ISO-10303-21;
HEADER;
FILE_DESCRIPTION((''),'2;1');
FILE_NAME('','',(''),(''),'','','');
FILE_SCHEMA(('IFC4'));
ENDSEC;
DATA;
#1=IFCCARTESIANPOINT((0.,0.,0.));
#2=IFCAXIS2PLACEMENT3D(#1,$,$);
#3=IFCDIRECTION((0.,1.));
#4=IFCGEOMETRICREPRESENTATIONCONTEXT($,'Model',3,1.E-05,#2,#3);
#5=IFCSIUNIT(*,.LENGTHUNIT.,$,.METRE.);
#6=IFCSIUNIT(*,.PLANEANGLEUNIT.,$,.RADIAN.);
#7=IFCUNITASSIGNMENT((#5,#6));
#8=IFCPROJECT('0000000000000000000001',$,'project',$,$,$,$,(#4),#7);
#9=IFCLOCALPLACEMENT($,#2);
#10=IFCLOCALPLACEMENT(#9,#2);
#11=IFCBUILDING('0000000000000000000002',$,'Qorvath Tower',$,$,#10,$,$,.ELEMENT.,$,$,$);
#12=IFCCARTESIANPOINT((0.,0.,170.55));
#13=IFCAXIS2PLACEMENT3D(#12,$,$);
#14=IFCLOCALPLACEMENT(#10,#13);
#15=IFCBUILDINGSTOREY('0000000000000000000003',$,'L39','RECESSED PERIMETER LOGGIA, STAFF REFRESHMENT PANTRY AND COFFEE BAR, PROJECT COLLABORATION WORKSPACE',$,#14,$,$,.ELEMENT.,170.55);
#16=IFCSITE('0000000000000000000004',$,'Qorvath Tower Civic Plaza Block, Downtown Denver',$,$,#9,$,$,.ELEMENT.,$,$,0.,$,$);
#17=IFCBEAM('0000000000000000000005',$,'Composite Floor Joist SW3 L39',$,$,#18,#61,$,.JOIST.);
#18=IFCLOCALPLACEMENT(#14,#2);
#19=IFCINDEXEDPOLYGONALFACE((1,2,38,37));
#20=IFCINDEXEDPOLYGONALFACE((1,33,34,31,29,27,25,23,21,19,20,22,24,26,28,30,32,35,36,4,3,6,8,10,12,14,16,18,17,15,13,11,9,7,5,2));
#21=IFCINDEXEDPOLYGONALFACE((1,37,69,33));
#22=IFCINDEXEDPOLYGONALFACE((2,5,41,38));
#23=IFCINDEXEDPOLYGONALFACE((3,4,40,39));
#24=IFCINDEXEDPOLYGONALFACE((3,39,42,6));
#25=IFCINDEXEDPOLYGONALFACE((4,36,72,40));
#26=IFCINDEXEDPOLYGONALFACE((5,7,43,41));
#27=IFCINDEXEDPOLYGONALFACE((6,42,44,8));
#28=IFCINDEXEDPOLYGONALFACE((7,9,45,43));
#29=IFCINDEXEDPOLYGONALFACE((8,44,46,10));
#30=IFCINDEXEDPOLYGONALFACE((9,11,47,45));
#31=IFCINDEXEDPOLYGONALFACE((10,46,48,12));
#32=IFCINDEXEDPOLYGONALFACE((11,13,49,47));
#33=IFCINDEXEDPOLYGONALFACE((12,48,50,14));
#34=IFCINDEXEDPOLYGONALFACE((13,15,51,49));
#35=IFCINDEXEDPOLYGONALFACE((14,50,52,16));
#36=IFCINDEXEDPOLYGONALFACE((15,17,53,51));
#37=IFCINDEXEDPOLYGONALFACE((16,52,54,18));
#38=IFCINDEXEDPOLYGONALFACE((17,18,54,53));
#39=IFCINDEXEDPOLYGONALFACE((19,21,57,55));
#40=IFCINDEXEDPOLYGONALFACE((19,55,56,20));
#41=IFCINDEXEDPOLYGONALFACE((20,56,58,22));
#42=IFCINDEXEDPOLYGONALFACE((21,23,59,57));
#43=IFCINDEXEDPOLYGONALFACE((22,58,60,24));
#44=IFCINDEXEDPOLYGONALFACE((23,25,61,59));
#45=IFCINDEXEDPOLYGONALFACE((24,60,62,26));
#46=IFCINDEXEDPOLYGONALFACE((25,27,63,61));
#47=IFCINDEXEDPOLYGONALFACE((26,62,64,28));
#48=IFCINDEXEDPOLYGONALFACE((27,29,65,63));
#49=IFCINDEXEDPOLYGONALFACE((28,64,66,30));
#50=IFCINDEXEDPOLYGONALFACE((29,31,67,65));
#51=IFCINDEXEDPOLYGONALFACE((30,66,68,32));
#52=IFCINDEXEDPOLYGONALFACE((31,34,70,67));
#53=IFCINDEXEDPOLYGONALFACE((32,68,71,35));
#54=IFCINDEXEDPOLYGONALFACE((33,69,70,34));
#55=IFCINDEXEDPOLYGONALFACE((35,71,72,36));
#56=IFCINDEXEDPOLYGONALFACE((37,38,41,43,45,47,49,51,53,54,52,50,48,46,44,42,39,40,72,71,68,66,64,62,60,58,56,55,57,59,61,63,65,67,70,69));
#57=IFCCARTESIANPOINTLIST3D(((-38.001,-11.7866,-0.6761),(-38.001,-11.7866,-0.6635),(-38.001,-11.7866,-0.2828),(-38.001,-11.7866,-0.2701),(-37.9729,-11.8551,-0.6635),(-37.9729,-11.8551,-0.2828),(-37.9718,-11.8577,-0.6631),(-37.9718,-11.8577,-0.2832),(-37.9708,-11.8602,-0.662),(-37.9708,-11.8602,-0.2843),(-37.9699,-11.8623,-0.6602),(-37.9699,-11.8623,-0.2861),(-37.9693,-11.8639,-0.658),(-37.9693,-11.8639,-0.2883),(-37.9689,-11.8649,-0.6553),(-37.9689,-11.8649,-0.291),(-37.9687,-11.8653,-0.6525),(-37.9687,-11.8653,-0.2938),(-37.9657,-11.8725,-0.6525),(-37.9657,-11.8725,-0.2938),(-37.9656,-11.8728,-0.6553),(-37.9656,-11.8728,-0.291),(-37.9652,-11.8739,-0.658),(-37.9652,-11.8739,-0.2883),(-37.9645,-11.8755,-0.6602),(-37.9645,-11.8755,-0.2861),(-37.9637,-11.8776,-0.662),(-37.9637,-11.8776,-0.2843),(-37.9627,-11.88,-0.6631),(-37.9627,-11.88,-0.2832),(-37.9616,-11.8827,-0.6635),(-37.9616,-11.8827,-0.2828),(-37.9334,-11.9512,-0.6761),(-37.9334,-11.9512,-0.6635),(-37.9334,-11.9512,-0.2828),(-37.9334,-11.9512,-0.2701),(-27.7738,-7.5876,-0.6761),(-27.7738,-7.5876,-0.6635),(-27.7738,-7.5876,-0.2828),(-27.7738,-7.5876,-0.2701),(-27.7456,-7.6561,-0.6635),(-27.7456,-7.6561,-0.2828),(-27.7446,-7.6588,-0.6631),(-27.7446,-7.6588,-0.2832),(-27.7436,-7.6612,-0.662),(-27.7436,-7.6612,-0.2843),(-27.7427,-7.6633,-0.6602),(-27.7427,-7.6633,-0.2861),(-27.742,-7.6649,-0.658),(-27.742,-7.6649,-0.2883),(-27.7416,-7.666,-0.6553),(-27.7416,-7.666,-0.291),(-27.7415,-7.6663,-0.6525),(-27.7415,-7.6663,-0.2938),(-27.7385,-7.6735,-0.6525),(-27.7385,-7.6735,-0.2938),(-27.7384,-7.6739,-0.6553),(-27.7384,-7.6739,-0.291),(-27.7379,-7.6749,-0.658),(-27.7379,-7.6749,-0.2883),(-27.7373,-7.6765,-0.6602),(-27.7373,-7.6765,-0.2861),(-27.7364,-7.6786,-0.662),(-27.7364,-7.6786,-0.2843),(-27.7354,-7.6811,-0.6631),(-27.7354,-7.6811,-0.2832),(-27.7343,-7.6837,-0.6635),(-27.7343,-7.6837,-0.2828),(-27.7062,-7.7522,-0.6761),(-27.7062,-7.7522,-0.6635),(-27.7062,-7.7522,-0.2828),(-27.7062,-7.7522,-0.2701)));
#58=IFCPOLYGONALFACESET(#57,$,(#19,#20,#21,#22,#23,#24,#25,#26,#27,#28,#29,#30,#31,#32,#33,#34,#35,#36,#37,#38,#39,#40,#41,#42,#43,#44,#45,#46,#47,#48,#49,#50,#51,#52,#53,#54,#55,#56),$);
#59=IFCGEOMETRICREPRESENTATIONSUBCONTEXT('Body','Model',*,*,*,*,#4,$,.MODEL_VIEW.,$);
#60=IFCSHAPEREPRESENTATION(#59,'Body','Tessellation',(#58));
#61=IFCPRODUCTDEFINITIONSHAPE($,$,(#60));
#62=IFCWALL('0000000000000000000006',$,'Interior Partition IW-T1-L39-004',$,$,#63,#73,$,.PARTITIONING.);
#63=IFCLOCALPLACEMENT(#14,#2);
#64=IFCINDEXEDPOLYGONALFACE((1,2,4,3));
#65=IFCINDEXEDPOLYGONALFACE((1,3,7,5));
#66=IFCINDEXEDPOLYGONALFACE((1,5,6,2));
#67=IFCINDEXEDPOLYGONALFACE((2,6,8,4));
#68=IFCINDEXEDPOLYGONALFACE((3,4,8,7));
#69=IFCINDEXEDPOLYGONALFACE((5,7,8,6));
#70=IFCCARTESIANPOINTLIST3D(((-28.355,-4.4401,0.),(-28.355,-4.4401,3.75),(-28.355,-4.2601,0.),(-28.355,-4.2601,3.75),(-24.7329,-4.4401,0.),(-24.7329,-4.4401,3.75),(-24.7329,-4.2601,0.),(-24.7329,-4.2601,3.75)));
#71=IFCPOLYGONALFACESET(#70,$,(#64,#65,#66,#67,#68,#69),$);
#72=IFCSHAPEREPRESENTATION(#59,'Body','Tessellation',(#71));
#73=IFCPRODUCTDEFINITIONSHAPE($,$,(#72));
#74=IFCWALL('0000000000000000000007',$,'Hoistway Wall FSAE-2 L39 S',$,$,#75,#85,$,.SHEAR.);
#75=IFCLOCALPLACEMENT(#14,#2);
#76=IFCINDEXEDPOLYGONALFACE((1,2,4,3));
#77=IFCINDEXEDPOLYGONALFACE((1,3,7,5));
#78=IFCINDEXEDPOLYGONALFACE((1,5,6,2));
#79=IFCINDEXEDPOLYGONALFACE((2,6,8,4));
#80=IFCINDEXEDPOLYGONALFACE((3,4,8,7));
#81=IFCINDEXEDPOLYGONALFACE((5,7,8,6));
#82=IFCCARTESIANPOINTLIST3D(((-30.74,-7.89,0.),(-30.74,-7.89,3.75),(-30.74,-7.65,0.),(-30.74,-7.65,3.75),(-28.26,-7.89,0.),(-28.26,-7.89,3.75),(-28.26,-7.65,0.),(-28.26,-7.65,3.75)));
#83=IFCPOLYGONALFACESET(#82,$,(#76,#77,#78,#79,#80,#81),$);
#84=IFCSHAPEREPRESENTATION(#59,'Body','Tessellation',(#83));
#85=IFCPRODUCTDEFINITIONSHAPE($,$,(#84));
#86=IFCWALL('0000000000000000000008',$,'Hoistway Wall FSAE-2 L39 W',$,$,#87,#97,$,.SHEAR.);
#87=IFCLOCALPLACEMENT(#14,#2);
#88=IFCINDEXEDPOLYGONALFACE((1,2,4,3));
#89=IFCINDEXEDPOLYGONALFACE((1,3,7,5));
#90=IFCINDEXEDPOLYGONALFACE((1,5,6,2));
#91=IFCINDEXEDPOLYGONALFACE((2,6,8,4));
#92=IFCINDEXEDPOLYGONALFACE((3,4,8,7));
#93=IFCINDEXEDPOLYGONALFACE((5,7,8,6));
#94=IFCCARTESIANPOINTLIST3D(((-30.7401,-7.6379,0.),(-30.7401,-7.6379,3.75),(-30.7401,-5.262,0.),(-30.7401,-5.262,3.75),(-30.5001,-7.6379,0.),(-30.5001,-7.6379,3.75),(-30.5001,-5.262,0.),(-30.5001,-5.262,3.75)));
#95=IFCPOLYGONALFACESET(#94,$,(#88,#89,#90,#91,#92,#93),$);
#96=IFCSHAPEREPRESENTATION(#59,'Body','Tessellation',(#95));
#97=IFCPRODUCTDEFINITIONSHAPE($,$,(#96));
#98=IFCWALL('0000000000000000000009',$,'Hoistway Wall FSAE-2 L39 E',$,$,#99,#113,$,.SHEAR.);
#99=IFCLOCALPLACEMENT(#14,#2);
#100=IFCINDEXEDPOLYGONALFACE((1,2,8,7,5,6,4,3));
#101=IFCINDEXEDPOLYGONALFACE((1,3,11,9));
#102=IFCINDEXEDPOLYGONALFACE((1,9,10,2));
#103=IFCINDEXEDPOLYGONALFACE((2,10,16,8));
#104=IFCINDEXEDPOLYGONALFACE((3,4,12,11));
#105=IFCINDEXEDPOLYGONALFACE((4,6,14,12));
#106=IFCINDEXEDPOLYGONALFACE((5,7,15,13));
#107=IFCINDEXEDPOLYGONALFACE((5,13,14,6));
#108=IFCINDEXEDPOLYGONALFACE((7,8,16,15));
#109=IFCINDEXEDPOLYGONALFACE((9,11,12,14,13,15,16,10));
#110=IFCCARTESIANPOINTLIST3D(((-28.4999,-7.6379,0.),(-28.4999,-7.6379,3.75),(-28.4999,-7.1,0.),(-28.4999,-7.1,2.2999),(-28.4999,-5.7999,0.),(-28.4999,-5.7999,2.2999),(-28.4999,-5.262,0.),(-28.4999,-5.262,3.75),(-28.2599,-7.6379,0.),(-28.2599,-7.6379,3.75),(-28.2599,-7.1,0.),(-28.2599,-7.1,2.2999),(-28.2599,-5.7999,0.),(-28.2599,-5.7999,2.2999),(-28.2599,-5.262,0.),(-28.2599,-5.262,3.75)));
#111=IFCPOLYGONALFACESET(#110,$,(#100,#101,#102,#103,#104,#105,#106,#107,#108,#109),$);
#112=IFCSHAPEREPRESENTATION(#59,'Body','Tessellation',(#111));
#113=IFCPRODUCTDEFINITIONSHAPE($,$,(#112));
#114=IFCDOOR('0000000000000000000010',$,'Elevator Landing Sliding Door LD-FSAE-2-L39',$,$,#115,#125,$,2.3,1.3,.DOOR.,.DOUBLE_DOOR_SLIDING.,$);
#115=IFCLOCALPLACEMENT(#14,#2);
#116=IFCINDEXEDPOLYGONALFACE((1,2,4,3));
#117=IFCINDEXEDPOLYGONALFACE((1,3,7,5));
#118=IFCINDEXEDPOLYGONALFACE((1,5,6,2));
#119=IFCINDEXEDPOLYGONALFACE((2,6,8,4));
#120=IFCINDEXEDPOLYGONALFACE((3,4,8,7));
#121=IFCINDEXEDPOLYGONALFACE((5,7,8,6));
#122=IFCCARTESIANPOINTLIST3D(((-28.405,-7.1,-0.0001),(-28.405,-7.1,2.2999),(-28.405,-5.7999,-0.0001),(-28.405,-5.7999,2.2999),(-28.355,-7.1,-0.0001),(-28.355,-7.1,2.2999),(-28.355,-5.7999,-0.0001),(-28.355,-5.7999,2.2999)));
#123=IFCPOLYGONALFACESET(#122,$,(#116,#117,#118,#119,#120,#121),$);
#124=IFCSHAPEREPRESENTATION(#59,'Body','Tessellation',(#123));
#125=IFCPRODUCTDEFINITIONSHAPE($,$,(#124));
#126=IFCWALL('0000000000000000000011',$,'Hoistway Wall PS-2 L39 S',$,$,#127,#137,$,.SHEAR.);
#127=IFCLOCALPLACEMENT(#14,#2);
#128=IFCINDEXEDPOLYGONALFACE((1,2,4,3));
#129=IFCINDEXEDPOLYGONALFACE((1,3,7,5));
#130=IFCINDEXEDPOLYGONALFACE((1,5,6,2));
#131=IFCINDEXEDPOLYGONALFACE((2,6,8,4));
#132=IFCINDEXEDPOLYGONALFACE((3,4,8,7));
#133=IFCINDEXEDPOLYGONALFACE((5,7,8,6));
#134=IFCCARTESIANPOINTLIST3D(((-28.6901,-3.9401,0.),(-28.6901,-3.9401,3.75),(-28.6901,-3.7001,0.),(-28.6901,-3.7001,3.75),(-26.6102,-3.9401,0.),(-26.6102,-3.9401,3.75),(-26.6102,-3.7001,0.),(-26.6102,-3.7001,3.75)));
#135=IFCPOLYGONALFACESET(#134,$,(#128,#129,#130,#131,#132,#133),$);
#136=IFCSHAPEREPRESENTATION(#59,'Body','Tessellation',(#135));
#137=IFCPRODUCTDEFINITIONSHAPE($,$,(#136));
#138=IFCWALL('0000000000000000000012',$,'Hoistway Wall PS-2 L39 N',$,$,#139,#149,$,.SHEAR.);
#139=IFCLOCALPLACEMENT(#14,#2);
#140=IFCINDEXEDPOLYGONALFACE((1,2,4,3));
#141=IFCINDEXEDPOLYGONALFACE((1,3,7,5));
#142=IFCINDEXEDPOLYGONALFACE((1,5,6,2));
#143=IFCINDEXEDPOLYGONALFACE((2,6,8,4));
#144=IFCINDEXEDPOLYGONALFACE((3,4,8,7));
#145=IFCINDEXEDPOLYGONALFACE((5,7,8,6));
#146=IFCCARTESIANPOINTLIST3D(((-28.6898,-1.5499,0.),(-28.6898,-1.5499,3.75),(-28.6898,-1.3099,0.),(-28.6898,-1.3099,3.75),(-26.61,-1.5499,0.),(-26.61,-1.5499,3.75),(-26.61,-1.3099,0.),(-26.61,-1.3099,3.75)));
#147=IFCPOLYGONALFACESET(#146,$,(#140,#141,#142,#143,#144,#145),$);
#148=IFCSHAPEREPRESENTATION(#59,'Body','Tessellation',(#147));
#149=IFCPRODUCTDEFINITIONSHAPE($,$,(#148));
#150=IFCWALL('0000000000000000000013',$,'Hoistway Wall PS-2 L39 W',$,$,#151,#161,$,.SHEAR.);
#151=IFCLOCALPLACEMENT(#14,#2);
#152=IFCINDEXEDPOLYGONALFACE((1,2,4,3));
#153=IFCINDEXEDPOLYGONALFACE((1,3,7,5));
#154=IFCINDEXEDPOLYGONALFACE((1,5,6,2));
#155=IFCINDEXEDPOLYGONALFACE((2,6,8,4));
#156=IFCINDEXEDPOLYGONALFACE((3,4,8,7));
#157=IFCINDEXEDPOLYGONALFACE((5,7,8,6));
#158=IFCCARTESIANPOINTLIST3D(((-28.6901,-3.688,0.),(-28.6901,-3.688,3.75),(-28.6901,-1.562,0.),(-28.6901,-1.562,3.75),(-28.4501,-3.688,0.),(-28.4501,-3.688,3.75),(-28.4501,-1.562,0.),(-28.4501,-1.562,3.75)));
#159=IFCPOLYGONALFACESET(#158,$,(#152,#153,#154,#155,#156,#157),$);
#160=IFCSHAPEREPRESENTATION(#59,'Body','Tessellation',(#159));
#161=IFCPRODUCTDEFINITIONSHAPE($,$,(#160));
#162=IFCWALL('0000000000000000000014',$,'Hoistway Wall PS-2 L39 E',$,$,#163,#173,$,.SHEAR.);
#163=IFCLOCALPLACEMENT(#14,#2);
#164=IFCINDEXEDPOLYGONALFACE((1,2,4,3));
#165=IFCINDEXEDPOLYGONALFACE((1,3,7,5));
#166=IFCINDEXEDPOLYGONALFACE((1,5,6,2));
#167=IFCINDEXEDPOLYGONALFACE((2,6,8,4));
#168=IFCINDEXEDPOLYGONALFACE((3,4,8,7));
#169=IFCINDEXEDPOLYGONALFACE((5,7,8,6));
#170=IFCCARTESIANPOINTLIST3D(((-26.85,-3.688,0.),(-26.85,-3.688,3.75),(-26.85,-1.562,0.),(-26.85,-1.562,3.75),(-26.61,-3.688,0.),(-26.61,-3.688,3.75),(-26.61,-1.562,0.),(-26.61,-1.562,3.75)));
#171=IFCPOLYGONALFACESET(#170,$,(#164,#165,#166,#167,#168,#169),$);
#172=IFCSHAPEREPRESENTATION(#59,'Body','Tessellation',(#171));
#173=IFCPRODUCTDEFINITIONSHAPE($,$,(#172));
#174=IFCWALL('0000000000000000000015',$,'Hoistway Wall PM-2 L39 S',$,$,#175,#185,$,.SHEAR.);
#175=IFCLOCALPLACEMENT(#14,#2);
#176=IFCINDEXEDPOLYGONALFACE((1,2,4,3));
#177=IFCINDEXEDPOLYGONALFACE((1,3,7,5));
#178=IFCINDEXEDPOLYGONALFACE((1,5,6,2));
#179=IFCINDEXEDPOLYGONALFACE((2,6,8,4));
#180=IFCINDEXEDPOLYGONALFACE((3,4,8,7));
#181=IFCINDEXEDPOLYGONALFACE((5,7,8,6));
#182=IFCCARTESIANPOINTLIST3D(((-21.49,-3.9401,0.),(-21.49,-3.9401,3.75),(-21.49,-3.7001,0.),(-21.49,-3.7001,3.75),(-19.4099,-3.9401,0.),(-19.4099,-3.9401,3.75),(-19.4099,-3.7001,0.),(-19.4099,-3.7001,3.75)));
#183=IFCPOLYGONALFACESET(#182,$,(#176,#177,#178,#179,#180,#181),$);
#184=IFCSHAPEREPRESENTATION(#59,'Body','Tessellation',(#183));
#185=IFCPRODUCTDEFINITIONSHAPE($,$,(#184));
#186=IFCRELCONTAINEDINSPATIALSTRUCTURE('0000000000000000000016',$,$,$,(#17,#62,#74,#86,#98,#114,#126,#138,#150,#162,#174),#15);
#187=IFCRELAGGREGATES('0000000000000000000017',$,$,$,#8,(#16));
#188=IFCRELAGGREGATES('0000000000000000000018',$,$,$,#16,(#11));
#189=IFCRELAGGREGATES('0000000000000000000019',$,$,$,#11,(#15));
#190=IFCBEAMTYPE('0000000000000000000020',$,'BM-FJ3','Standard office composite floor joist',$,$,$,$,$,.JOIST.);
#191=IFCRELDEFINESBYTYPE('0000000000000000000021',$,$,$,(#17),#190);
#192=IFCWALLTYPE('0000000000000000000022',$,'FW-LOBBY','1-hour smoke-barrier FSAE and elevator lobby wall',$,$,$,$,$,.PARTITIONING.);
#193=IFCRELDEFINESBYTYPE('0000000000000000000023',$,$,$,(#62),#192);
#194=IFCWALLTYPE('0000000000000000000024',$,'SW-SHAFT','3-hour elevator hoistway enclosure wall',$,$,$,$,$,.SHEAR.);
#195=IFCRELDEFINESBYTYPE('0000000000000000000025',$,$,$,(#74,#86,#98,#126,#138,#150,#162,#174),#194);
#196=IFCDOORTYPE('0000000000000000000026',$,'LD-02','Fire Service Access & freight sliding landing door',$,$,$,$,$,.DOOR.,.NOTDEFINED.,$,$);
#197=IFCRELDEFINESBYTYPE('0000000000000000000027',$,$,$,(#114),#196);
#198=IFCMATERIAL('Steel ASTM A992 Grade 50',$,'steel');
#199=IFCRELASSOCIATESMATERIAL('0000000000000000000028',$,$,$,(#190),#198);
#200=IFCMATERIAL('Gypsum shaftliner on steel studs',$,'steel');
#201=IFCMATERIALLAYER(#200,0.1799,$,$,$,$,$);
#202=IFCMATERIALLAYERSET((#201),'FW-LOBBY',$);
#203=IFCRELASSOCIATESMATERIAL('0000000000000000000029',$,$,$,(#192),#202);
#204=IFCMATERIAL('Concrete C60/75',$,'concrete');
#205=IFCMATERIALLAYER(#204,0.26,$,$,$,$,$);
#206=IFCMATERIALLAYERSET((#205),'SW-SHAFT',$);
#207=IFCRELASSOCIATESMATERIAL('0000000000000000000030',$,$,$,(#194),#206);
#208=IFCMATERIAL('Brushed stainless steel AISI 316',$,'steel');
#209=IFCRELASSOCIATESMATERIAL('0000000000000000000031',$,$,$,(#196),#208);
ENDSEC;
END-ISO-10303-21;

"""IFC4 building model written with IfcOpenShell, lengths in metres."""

from ifc_helpers import new_model, si_unit, direction, frame, frame_2d, origin, origin_2d, place, context, subcontext, project, spatial, rectangle, i_section, extrude, material, layer, layer_set, material_profile, profile_set, type_object, element, fill, save


model = new_model("IFC4")

# Units and contexts
model_context = context("Model", 3, precision=1e-05, world=origin(), true_north=direction((0.0, 1.0)))
body_context = subcontext(model_context, "Body", "Model", "MODEL_VIEW")
ifc_project = project(units=[si_unit("LENGTHUNIT", "METRE"), si_unit("PLANEANGLEUNIT", "RADIAN")], contexts=[model_context])

# Site, building, storey
site_placement = place(None, origin())
site = spatial("IfcSite", under=ifc_project, at=site_placement, Name="Qorvath Tower Civic Plaza Block, Downtown Denver", CompositionType="ELEMENT", RefElevation=0.0)
building_placement = place(site_placement, origin())
building = spatial("IfcBuilding", under=site, at=building_placement, Name="Qorvath Tower", CompositionType="ELEMENT")
storey_placement = place(building_placement, frame((0.0, 0.0, 170.55)))
storey = spatial("IfcBuildingStorey", under=building, at=storey_placement, Name="L39", Description="RECESSED PERIMETER LOGGIA, STAFF REFRESHMENT PANTRY AND COFFEE BAR, PROJECT COLLABORATION WORKSPACE", CompositionType="ELEMENT", Elevation=170.55)

# Beam
ifc_material_1 = material(Name="Steel ASTM A992 Grade 50", Category="steel")
ifc_material_profile_1 = material_profile(ifc_material_1, i_section(OverallWidth=0.178, OverallDepth=0.406, WebThickness=0.0078, FlangeThickness=0.0127, FilletRadius=0.011, at=origin_2d()), Name="W16x40")
ifc_profile_set_1 = profile_set([ifc_material_profile_1], Name="Steel ASTM A992 Grade 50")
beam_type_1 = type_object("IfcBeamType", Name="BM-FJ3", Description="Standard office composite floor joist", PredefinedType="JOIST", material=ifc_profile_set_1)
beam_1_placement = place(storey_placement, frame((-27.74, -7.6699, -0.4731), z_axis=(-0.925068, -0.379801, 0.0), x_axis=(0.379801, -0.925068, 0.0)))
element("IfcBeam", 1, at=beam_1_placement, inside=storey, type_object=beam_type_1, Name="Composite Floor Joist SW3 L39", PredefinedType="JOIST", context=body_context, shape_type="SweptSolid", body=[
    extrude(i_section(OverallWidth=0.178, OverallDepth=0.406, WebThickness=0.0078, FlangeThickness=0.0127, FilletRadius=0.011, at=origin_2d()), origin(), (0.0, 0.0, 1.0), 11.0557),
])

# Walls
ifc_material_2 = material(Name="Gypsum shaftliner on steel studs", Category="steel")
ifc_layer_1 = layer(ifc_material_2, 0.1799)
ifc_layer_set_1 = layer_set([ifc_layer_1], Name="FW-LOBBY")
wall_type_1 = type_object("IfcWallType", Name="FW-LOBBY", Description="1-hour smoke-barrier FSAE and elevator lobby wall", PredefinedType="PARTITIONING", material=ifc_layer_set_1)
wall_1_placement = place(storey_placement, frame((-24.7329, -4.3501, 0.0), z_axis=(0.0, 0.0, 1.0), x_axis=(-1.0, 0.0, 0.0)))
element("IfcWall", 2, at=wall_1_placement, inside=storey, type_object=wall_type_1, Name="Interior Partition IW-T1-L39-004", PredefinedType="PARTITIONING", context=body_context, shape_type="SweptSolid", body=[
    extrude(rectangle(XDim=3.6221, YDim=0.1799, at=frame_2d((1.811, 0.0))), origin(), (0.0, 0.0, 1.0), 3.75),
])
ifc_material_3 = material(Name="Concrete C60/75", Category="concrete")
ifc_layer_2 = layer(ifc_material_3, 0.26)
ifc_layer_set_2 = layer_set([ifc_layer_2], Name="SW-SHAFT")
wall_type_2 = type_object("IfcWallType", Name="SW-SHAFT", Description="3-hour elevator hoistway enclosure wall", PredefinedType="SHEAR", material=ifc_layer_set_2)
wall_2_placement = place(storey_placement, frame((-28.26, -7.77, 0.0), z_axis=(0.0, 0.0, 1.0), x_axis=(-1.0, 0.0, 0.0)))
element("IfcWall", 3, at=wall_2_placement, inside=storey, type_object=wall_type_2, Name="Hoistway Wall FSAE-2 L39 S", PredefinedType="SHEAR", context=body_context, shape_type="SweptSolid", body=[
    extrude(rectangle(XDim=2.48, YDim=0.24, at=frame_2d((1.24, 0.0))), origin(), (0.0, 0.0, 1.0), 3.75),
])
wall_3_placement = place(storey_placement, frame((-30.6201, -7.6379, 0.0), z_axis=(0.0, 0.0, 1.0), x_axis=(0.0, 1.0, 0.0)))
element("IfcWall", 4, at=wall_3_placement, inside=storey, type_object=wall_type_2, Name="Hoistway Wall FSAE-2 L39 W", PredefinedType="SHEAR", context=body_context, shape_type="SweptSolid", body=[
    extrude(rectangle(XDim=2.376, YDim=0.24, at=frame_2d((1.188, 0.0))), origin(), (0.0, 0.0, 1.0), 3.75),
])

# Wall, opening, door
wall_4_placement = place(storey_placement, frame((-28.3799, -5.262, 0.0), z_axis=(0.0, 0.0, 1.0), x_axis=(0.0, -1.0, 0.0)))
wall_4 = element("IfcWall", 5, at=wall_4_placement, inside=storey, type_object=wall_type_2, Name="Hoistway Wall FSAE-2 L39 E", PredefinedType="SHEAR", context=body_context, shape_type="SweptSolid", body=[
    extrude(rectangle(XDim=2.376, YDim=0.24, at=frame_2d((1.188, 0.0))), origin(), (0.0, 0.0, 1.0), 3.75),
])
opening_1_placement = place(wall_4_placement, frame((0.5381, 0.0, 0.0)))
opening_1 = element("IfcOpeningElement", 6, at=opening_1_placement, cuts=wall_4, PredefinedType="OPENING", context=body_context, shape_type="SweptSolid", body=[
    extrude(rectangle(XDim=1.3, YDim=2.3, at=frame_2d((0.6499, 1.1499))), frame((0.0, 0.1299, 0.0), z_axis=(0.0, -1.0, 0.0), x_axis=(1.0, 0.0, 0.0)), (0.0, 0.0, 1.0), 0.26),
])
ifc_material_4 = material(Name="Brushed stainless steel AISI 316", Category="steel")
door_type_1 = type_object("IfcDoorType", Name="LD-02", Description="Fire Service Access & freight sliding landing door", OperationType="NOTDEFINED", PredefinedType="DOOR", material=ifc_material_4)
door_1_placement = place(opening_1_placement, origin())
door_1 = element("IfcDoor", 7, at=door_1_placement, inside=storey, type_object=door_type_1, Name="Elevator Landing Sliding Door LD-FSAE-2-L39", OperationType="DOUBLE_DOOR_SLIDING", OverallHeight=2.3, OverallWidth=1.3, PredefinedType="DOOR", context=body_context, shape_type="SweptSolid", body=[
    extrude(rectangle(XDim=1.3, YDim=2.3, at=frame_2d((0.6499, 1.1499))), frame((0.0, 0.0249, 0.0), z_axis=(0.0, -1.0, 0.0), x_axis=(1.0, 0.0, 0.0)), (0.0, 0.0, 1.0), 0.05),
])
fill(opening_1, door_1)

# Walls
for number, where, z_axis, x_axis, name in (
    (8, (-26.6101, -3.8201, 0.0), (0.0, 0.0, 1.0), (-1.0, 0.0, 0.0), "Hoistway Wall PS-2 L39 S"),
    (9, (-28.6899, -1.4299, 0.0), (0.0, 0.0, 1.0), (1.0, 0.0, 0.0), "Hoistway Wall PS-2 L39 N"),
):
    element("IfcWall", number, at=place(storey_placement, frame(where, z_axis=z_axis, x_axis=x_axis)), inside=storey, type_object=wall_type_2, Name=name, PredefinedType="SHEAR", context=body_context, shape_type="SweptSolid", body=[
        extrude(rectangle(XDim=2.0798, YDim=0.24, at=frame_2d((1.04, 0.0))), origin(), (0.0, 0.0, 1.0), 3.75),
    ])
for number, where, z_axis, x_axis, name in (
    (10, (-28.5701, -3.688, 0.0), (0.0, 0.0, 1.0), (0.0, 1.0, 0.0), "Hoistway Wall PS-2 L39 W"),
    (11, (-26.73, -1.562, 0.0), (0.0, 0.0, 1.0), (0.0, -1.0, 0.0), "Hoistway Wall PS-2 L39 E"),
):
    element("IfcWall", number, at=place(storey_placement, frame(where, z_axis=z_axis, x_axis=x_axis)), inside=storey, type_object=wall_type_2, Name=name, PredefinedType="SHEAR", context=body_context, shape_type="SweptSolid", body=[
        extrude(rectangle(XDim=2.126, YDim=0.24, at=frame_2d((1.063, 0.0))), origin(), (0.0, 0.0, 1.0), 3.75),
    ])
wall_5_placement = place(storey_placement, frame((-19.4099, -3.8201, 0.0), z_axis=(0.0, 0.0, 1.0), x_axis=(-1.0, 0.0, 0.0)))
element("IfcWall", 12, at=wall_5_placement, inside=storey, type_object=wall_type_2, Name="Hoistway Wall PM-2 L39 S", PredefinedType="SHEAR", context=body_context, shape_type="SweptSolid", body=[
    extrude(rectangle(XDim=2.0801, YDim=0.24, at=frame_2d((1.04, 0.0))), origin(), (0.0, 0.0, 1.0), 3.75),
])

save(model, "model.ifc")
